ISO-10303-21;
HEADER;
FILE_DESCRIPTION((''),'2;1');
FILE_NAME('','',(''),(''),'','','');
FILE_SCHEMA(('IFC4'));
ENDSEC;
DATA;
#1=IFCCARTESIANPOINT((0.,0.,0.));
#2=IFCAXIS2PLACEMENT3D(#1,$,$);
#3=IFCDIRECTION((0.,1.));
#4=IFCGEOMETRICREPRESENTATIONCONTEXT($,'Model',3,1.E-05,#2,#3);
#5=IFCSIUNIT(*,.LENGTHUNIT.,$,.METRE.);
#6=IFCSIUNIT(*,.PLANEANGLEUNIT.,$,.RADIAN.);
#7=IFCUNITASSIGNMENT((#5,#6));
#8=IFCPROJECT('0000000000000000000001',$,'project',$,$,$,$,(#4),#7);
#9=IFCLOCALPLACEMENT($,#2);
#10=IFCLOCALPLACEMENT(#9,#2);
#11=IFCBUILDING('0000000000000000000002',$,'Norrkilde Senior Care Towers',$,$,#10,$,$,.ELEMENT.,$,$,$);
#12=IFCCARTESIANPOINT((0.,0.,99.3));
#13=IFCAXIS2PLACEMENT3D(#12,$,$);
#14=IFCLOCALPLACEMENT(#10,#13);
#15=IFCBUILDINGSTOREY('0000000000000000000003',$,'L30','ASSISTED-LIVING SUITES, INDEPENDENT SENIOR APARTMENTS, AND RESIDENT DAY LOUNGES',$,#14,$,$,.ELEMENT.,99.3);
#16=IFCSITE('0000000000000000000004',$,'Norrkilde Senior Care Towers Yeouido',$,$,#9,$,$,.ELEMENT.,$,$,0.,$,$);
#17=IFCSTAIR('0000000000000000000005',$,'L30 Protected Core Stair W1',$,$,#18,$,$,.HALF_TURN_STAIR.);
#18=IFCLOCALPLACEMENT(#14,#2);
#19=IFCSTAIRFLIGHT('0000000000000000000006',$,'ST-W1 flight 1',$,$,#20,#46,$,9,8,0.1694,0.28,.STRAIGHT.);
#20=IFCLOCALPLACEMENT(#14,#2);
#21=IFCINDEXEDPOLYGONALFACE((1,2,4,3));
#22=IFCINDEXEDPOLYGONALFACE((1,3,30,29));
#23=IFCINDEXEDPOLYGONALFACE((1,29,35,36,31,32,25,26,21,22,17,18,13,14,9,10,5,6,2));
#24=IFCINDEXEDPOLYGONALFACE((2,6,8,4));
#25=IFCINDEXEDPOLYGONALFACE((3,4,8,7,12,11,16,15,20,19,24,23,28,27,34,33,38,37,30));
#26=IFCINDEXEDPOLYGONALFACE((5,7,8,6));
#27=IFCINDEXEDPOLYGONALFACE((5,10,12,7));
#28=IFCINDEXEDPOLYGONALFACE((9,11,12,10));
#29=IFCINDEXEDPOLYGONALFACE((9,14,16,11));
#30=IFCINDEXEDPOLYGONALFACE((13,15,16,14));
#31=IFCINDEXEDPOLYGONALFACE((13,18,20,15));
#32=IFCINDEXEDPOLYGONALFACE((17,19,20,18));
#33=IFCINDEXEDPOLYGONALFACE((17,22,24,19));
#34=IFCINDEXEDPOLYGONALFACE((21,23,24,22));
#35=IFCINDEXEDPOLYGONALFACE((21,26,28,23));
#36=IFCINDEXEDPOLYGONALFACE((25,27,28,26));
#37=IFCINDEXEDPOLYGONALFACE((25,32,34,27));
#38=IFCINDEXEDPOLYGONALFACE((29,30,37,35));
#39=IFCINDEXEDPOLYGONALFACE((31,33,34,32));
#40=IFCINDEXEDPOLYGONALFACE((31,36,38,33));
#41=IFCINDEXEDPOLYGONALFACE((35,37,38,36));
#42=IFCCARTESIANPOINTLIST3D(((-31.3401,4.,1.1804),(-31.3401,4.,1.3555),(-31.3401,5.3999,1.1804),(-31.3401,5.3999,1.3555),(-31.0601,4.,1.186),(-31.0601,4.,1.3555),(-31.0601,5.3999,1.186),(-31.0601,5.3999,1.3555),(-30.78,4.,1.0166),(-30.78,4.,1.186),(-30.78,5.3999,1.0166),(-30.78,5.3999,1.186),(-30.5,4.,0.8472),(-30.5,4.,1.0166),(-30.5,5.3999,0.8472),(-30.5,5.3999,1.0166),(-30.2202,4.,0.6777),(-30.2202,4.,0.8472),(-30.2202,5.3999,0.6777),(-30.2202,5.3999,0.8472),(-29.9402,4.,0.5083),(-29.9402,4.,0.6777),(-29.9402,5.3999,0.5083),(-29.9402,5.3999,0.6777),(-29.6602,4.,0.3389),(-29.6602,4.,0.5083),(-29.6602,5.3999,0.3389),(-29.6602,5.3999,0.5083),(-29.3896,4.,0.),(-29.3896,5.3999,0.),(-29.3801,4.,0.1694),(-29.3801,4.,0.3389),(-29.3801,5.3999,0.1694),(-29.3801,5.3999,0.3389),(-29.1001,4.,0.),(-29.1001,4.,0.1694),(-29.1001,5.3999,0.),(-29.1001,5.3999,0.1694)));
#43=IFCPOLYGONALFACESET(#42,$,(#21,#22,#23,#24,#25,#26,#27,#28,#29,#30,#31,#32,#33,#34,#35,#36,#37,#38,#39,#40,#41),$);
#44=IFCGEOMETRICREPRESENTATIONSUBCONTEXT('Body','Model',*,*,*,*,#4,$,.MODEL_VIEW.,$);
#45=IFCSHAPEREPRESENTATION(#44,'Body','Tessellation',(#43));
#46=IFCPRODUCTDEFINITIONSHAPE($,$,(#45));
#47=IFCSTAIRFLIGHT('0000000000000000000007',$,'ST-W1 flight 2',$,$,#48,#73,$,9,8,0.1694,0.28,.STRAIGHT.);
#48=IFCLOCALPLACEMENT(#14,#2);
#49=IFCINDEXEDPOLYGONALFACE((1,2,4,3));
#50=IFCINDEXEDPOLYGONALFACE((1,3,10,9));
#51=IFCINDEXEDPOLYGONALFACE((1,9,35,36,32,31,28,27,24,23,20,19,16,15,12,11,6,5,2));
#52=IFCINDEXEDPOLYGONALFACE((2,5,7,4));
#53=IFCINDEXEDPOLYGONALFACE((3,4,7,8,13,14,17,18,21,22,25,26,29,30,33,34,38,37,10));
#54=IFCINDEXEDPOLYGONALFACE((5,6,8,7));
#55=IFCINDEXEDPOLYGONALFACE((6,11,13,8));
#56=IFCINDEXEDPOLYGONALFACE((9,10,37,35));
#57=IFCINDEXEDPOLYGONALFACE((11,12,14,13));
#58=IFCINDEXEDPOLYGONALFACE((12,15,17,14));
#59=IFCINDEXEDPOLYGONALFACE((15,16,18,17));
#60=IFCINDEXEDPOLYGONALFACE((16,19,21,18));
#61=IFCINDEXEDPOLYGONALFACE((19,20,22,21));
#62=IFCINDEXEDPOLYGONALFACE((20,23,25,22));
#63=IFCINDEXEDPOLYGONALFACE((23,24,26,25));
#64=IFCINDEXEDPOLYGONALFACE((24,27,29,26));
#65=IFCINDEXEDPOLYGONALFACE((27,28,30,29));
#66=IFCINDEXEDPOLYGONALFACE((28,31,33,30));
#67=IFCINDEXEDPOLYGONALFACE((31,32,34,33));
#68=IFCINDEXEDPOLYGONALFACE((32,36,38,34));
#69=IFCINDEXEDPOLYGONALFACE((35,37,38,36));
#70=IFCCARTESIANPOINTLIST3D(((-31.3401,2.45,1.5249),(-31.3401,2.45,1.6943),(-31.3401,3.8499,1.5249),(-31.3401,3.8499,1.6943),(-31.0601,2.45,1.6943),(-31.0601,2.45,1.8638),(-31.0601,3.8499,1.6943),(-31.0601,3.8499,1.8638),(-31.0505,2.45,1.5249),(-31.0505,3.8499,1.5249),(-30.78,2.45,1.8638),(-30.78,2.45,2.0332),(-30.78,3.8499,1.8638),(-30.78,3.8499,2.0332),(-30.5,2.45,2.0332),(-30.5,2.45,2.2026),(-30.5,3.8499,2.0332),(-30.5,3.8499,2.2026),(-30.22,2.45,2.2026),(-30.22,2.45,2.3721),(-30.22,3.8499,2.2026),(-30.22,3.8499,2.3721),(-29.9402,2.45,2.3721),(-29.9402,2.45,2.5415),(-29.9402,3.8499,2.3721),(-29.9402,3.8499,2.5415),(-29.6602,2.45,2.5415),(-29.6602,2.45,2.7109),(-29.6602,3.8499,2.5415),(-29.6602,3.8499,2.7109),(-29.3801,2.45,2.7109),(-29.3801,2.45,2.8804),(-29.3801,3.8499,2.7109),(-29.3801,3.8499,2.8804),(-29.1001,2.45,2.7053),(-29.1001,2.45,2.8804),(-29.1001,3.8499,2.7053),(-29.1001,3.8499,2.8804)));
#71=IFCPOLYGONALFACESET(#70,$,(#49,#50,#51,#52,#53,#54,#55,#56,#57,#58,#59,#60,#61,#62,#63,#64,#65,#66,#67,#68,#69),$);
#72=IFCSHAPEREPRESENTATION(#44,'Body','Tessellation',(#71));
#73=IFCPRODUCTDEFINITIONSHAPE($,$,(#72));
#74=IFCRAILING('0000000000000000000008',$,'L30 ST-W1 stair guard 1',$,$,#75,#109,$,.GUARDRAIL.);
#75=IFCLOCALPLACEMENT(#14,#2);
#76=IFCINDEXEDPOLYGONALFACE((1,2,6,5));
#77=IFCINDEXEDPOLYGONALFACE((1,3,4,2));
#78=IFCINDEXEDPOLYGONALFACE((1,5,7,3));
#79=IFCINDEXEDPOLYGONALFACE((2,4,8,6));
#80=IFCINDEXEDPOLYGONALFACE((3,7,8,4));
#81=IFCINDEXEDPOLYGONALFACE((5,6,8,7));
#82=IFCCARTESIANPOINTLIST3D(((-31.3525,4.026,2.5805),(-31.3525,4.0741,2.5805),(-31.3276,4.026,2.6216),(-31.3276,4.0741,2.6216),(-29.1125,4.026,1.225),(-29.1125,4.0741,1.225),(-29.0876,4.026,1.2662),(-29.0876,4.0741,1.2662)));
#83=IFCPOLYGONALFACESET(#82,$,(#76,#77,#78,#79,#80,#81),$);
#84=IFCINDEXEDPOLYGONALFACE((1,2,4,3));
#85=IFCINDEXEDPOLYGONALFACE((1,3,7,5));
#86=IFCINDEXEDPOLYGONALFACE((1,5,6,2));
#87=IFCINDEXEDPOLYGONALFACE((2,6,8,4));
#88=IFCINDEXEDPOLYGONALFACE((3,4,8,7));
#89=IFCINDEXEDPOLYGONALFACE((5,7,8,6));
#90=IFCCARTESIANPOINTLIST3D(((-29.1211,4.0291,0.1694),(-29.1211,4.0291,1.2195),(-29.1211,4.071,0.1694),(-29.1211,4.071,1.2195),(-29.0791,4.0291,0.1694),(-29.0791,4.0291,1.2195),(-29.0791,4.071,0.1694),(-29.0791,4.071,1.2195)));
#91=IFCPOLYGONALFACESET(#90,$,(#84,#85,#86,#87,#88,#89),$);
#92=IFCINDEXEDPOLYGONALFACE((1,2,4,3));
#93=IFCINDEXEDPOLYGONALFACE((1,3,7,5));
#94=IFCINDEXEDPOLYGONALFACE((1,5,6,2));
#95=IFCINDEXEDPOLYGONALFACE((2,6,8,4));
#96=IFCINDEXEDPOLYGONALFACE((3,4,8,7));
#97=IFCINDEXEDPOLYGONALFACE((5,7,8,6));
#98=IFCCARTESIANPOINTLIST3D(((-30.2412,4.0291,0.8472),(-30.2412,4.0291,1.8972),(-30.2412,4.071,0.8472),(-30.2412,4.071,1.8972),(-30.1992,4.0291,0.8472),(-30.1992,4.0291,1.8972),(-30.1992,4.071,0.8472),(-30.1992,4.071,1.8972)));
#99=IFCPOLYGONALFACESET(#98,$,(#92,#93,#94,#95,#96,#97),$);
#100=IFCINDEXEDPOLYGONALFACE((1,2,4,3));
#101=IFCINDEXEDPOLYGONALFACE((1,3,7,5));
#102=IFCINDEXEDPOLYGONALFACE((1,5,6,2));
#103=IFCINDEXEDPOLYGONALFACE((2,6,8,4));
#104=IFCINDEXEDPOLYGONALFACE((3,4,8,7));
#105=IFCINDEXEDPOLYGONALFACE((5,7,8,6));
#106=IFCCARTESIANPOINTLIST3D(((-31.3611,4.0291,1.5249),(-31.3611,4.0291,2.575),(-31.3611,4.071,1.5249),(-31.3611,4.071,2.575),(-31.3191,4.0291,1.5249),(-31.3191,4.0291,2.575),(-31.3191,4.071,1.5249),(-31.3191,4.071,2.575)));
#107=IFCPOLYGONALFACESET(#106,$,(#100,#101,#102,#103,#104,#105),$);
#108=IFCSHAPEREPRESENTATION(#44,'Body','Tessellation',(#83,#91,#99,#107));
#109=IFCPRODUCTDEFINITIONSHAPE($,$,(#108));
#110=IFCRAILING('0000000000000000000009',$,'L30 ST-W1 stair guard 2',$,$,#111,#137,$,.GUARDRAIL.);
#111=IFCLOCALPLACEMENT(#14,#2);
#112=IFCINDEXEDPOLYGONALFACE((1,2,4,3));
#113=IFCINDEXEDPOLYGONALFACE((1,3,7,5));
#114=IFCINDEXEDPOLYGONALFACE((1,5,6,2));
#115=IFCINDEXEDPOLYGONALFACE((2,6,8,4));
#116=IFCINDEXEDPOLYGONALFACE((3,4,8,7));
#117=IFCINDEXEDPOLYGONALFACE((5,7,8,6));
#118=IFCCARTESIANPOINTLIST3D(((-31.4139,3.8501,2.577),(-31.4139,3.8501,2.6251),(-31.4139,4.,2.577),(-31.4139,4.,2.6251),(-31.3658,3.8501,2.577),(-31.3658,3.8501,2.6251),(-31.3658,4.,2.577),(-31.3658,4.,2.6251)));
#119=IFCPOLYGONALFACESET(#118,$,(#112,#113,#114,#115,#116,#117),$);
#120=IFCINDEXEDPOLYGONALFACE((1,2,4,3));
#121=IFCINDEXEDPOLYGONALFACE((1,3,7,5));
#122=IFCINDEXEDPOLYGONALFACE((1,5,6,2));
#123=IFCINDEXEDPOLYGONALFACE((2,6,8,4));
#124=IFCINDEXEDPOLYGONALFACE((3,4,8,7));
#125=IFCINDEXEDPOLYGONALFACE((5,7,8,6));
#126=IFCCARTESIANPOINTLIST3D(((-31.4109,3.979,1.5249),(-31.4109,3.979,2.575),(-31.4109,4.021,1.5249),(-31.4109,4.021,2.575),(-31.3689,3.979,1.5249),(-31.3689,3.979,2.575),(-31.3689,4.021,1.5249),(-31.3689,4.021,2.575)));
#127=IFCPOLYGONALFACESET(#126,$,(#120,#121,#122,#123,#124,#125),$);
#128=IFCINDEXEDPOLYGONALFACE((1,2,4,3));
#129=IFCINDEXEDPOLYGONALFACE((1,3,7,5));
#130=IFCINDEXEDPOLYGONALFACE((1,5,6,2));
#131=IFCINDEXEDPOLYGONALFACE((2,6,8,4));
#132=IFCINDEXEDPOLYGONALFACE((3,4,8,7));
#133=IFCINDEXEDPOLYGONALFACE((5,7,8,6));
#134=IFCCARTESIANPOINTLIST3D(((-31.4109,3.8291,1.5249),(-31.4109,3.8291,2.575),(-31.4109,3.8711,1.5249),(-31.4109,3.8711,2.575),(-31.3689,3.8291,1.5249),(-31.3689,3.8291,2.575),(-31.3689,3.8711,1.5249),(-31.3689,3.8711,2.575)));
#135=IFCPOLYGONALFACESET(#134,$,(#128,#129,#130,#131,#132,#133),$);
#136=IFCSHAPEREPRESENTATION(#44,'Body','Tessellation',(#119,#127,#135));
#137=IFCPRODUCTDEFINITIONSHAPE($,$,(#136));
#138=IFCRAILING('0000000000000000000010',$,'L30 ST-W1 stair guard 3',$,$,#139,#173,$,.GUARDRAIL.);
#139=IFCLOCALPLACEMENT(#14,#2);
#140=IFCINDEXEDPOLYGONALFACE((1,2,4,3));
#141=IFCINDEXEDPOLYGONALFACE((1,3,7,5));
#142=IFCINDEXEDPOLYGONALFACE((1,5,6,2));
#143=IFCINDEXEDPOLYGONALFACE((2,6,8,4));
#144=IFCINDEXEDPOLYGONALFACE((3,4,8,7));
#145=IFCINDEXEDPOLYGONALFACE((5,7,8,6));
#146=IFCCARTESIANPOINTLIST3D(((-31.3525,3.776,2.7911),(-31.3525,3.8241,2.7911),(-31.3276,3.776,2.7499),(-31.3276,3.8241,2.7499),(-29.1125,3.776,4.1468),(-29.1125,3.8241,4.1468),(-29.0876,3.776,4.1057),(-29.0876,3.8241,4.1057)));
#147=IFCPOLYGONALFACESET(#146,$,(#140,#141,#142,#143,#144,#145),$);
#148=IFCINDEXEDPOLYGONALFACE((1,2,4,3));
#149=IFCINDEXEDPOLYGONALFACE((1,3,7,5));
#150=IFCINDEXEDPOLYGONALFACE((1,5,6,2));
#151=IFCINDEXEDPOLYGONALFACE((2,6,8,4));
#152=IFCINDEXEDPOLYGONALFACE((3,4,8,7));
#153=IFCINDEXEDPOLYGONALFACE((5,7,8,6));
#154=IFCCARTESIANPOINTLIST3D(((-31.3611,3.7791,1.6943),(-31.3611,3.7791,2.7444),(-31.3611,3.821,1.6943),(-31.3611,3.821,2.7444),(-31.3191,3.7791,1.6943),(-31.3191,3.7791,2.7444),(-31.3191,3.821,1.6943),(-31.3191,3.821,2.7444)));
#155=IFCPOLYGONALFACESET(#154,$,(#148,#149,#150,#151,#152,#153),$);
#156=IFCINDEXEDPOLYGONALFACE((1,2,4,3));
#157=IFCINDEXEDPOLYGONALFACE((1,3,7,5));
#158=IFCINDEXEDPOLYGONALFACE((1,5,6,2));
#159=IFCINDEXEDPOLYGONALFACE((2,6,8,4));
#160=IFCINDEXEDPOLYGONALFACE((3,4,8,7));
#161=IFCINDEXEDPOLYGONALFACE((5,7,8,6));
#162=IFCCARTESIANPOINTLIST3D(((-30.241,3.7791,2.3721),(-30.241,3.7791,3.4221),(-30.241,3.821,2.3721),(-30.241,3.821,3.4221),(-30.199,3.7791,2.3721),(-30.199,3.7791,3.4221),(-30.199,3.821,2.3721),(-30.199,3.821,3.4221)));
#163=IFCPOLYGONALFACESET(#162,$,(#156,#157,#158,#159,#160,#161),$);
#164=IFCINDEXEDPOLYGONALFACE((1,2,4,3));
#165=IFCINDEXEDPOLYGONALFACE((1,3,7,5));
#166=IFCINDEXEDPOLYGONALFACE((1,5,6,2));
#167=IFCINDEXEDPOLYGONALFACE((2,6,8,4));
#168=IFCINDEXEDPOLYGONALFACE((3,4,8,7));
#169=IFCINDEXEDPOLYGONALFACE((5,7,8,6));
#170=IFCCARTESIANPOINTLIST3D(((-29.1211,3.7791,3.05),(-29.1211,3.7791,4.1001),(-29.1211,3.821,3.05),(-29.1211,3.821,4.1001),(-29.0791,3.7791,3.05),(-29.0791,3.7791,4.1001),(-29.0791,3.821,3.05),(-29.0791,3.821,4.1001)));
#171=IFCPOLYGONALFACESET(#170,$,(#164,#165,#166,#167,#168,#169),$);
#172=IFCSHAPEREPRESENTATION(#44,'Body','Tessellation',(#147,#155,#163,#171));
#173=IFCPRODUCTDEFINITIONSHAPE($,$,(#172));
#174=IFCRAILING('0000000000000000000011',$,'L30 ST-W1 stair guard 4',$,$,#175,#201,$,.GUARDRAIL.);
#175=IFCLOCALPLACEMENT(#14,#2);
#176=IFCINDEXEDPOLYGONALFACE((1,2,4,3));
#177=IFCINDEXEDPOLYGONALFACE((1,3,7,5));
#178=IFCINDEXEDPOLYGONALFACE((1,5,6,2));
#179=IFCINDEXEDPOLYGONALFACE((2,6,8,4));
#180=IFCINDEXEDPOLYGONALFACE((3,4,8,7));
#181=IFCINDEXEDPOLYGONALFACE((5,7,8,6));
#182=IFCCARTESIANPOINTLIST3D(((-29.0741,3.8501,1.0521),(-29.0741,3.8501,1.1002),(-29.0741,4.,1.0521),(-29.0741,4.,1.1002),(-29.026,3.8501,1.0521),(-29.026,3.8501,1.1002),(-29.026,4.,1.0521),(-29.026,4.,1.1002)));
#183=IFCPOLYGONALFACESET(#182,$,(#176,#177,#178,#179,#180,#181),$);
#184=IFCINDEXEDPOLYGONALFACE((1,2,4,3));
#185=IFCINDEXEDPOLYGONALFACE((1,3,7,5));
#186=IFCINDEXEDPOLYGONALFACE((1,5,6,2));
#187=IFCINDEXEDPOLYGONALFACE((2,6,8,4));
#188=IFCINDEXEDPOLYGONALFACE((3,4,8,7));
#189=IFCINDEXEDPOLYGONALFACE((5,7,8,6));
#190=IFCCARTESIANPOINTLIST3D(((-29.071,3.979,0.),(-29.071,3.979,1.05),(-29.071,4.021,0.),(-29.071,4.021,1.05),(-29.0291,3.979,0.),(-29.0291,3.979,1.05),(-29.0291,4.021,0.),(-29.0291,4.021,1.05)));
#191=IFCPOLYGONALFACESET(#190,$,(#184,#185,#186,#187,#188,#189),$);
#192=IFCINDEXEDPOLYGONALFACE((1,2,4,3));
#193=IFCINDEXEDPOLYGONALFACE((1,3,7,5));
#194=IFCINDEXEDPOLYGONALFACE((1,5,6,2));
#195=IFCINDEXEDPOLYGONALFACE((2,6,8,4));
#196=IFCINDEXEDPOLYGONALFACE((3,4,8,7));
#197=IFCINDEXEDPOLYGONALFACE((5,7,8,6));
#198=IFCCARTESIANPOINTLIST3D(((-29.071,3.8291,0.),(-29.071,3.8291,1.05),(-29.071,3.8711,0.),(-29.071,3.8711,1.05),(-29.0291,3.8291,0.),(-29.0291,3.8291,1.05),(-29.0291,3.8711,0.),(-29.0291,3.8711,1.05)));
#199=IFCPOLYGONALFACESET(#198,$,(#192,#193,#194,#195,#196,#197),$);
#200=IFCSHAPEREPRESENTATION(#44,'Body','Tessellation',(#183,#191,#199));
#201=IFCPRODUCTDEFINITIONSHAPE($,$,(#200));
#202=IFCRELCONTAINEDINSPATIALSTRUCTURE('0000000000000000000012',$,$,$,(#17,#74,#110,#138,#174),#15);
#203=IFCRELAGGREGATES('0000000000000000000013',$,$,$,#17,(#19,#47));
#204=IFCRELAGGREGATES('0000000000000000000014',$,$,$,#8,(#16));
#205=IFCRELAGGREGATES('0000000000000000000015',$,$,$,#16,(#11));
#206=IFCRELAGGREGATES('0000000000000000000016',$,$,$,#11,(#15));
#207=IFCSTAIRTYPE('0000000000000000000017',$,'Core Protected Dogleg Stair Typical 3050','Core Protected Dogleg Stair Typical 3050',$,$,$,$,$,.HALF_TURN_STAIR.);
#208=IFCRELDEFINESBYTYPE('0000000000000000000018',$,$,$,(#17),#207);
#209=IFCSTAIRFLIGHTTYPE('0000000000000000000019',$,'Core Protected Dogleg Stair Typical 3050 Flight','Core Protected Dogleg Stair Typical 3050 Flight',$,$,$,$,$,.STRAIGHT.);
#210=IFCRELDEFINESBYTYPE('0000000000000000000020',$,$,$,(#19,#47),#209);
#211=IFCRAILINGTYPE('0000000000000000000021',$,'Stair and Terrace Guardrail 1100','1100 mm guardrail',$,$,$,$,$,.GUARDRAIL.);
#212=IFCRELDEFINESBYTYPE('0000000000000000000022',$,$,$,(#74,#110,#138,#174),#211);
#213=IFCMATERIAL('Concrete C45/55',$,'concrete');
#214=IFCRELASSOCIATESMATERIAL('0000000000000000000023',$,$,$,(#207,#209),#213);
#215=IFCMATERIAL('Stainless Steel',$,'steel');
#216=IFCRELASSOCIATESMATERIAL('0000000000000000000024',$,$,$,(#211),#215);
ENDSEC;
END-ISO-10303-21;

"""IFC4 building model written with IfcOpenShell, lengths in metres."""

from ifc_helpers import new_model, si_unit, direction, frame, origin, origin_2d, place, context, subcontext, project, spatial, polyline, rectangle, outline, extrude, material, type_object, element, aggregate, save


model = new_model("IFC4")

# Units and contexts
model_context = context("Model", 3, precision=1e-05, world=origin(), true_north=direction((0.0, 1.0)))
body_context = subcontext(model_context, "Body", "Model", "MODEL_VIEW")
ifc_project = project(units=[si_unit("LENGTHUNIT", "METRE"), si_unit("PLANEANGLEUNIT", "RADIAN")], contexts=[model_context])

# Site, building, storey
site_placement = place(None, origin())
site = spatial("IfcSite", under=ifc_project, at=site_placement, Name="Norrkilde Senior Care Towers Yeouido", CompositionType="ELEMENT", RefElevation=0.0)
building_placement = place(site_placement, origin())
building = spatial("IfcBuilding", under=site, at=building_placement, Name="Norrkilde Senior Care Towers", CompositionType="ELEMENT")
storey_placement = place(building_placement, frame((0.0, 0.0, 99.3)))
storey = spatial("IfcBuildingStorey", under=building, at=storey_placement, Name="L30", Description="ASSISTED-LIVING SUITES, INDEPENDENT SENIOR APARTMENTS, AND RESIDENT DAY LOUNGES", CompositionType="ELEMENT", Elevation=99.3)

# Shared definitions
ifc_material_1 = material(Name="Concrete C45/55", Category="concrete")

# Stair, stair flights
stair_type = type_object("IfcStairType", Name="Core Protected Dogleg Stair Typical 3050", Description="Core Protected Dogleg Stair Typical 3050", PredefinedType="HALF_TURN_STAIR", material=ifc_material_1)
stair_placement = place(storey_placement, origin())
stair = element("IfcStair", 1, at=stair_placement, inside=storey, type_object=stair_type, Name="L30 Protected Core Stair W1", PredefinedType="HALF_TURN_STAIR")
stair_flight_type = type_object("IfcStairFlightType", Name="Core Protected Dogleg Stair Typical 3050 Flight", Description="Core Protected Dogleg Stair Typical 3050 Flight", PredefinedType="STRAIGHT", material=ifc_material_1)
stair_flight_1_placement = place(storey_placement, frame((-29.1001, 4.7, 0.0), z_axis=(0.0, 0.0, 1.0), x_axis=(-1.0, 0.0, 0.0)))
stair_flight_1 = element("IfcStairFlight", 2, at=stair_flight_1_placement, type_object=stair_flight_type, Name="ST-W1 flight 1", NumberOfRisers=9, NumberOfTreads=8, PredefinedType="STRAIGHT", RiserHeight=0.1694, TreadLength=0.28, context=body_context, shape_type="SweptSolid", body=[
    extrude(outline(polyline([(0.0, 0.0), (0.0, 0.1694), (0.28, 0.1694), (0.28, 0.3389), (0.5601, 0.3389), (0.5601, 0.5083), (0.8401, 0.5083), (0.8401, 0.6777), (1.1201, 0.6777), (1.1201, 0.8472), (1.3999, 0.8472), (1.3999, 1.0166), (1.6799, 1.0166), (1.6799, 1.186), (1.96, 1.186), (1.96, 1.3555), (2.24, 1.3555), (2.24, 1.5249), (2.24, 1.1804), (0.2896, 0.0), (0.0, 0.0)])), frame((0.0, 0.7, 0.0), z_axis=(0.0, -1.0, 0.0), x_axis=(1.0, 0.0, 0.0)), (0.0, 0.0, 1.0), 1.3999),
])
stair_flight_2_placement = place(storey_placement, frame((-31.3401, 3.1499, 1.5249), z_axis=(0.0, 0.0, 1.0), x_axis=(1.0, 0.0, 0.0)))
stair_flight_2 = element("IfcStairFlight", 3, at=stair_flight_2_placement, type_object=stair_flight_type, Name="ST-W1 flight 2", NumberOfRisers=9, NumberOfTreads=8, PredefinedType="STRAIGHT", RiserHeight=0.1694, TreadLength=0.28, context=body_context, shape_type="SweptSolid", body=[
    extrude(outline(polyline([(0.0, 0.0), (0.0, 0.1694), (0.28, 0.1694), (0.28, 0.3389), (0.5601, 0.3389), (0.5601, 0.5083), (0.8401, 0.5083), (0.8401, 0.6777), (1.1201, 0.6777), (1.1201, 0.8472), (1.3999, 0.8472), (1.3999, 1.0166), (1.6799, 1.0166), (1.6799, 1.186), (1.96, 1.186), (1.96, 1.3555), (2.24, 1.3555), (2.24, 1.5249), (2.24, 1.1804), (0.2896, 0.0), (0.0, 0.0)])), frame((0.0, 0.7, 0.0), z_axis=(0.0, -1.0, 0.0), x_axis=(1.0, 0.0, 0.0)), (0.0, 0.0, 1.0), 1.3999),
])
aggregate(stair, [stair_flight_1, stair_flight_2])

# Railings
ifc_material_2 = material(Name="Stainless Steel", Category="steel")
railing_type_1 = type_object("IfcRailingType", Name="Stair and Terrace Guardrail 1100", Description="1100 mm guardrail", PredefinedType="GUARDRAIL", material=ifc_material_2)
railing_1_placement = place(storey_placement, frame((-29.1001, 4.05, 0.1694)))
element("IfcRailing", 4, at=railing_1_placement, inside=storey, type_object=railing_type_1, Name="L30 ST-W1 stair guard 1", PredefinedType="GUARDRAIL", context=body_context, shape_type="SweptSolid", body=[
    extrude(rectangle(XDim=0.0481, YDim=0.0481, at=origin_2d()), frame((0.0, 0.0, 1.0762), z_axis=(-0.855553, 0.0, 0.517715), x_axis=(0.0, -1.0, 0.0)), (0.0, 0.0, 1.0), 2.6182),
    extrude(rectangle(XDim=0.042, YDim=0.042, at=origin_2d()), origin(), (0.0, 0.0, 1.0), 1.05),
    extrude(rectangle(XDim=0.042, YDim=0.042, at=origin_2d()), frame((-1.1201, 0.0, 0.6777)), (0.0, 0.0, 1.0), 1.05),
    extrude(rectangle(XDim=0.042, YDim=0.042, at=origin_2d()), frame((-2.24, 0.0, 1.3555)), (0.0, 0.0, 1.0), 1.05),
])
railing_2_placement = place(storey_placement, frame((-31.3899, 4.0, 1.5249)))
element("IfcRailing", 5, at=railing_2_placement, inside=storey, type_object=railing_type_1, Name="L30 ST-W1 stair guard 2", PredefinedType="GUARDRAIL", context=body_context, shape_type="SweptSolid", body=[
    extrude(rectangle(XDim=0.0481, YDim=0.0481, at=origin_2d()), frame((0.0, 0.0, 1.0762), z_axis=(0.0, -1.0, 0.0), x_axis=(1.0, 0.0, 0.0)), (0.0, 0.0, 1.0), 0.1499),
    extrude(rectangle(XDim=0.042, YDim=0.042, at=origin_2d()), origin(), (0.0, 0.0, 1.0), 1.05),
    extrude(rectangle(XDim=0.042, YDim=0.042, at=origin_2d()), frame((0.0, -0.1499, 0.0)), (0.0, 0.0, 1.0), 1.05),
])
railing_3_placement = place(storey_placement, frame((-31.3401, 3.8, 1.6943)))
element("IfcRailing", 6, at=railing_3_placement, inside=storey, type_object=railing_type_1, Name="L30 ST-W1 stair guard 3", PredefinedType="GUARDRAIL", context=body_context, shape_type="SweptSolid", body=[
    extrude(rectangle(XDim=0.0481, YDim=0.0481, at=origin_2d()), frame((0.0, 0.0, 1.0762), z_axis=(0.855512, 0.0, 0.517783), x_axis=(0.0, 1.0, 0.0)), (0.0, 0.0, 1.0), 2.6184),
    extrude(rectangle(XDim=0.042, YDim=0.042, at=origin_2d()), origin(), (0.0, 0.0, 1.0), 1.05),
    extrude(rectangle(XDim=0.042, YDim=0.042, at=origin_2d()), frame((1.1201, 0.0, 0.6777)), (0.0, 0.0, 1.0), 1.05),
    extrude(rectangle(XDim=0.042, YDim=0.042, at=origin_2d()), frame((2.24, 0.0, 1.3557)), (0.0, 0.0, 1.0), 1.05),
])
railing_4_placement = place(storey_placement, frame((-29.05, 4.0, 0.0)))
element("IfcRailing", 7, at=railing_4_placement, inside=storey, type_object=railing_type_1, Name="L30 ST-W1 stair guard 4", PredefinedType="GUARDRAIL", context=body_context, shape_type="SweptSolid", body=[
    extrude(rectangle(XDim=0.0481, YDim=0.0481, at=origin_2d()), frame((0.0, 0.0, 1.0762), z_axis=(0.0, -1.0, 0.0), x_axis=(1.0, 0.0, 0.0)), (0.0, 0.0, 1.0), 0.1499),
    extrude(rectangle(XDim=0.042, YDim=0.042, at=origin_2d()), origin(), (0.0, 0.0, 1.0), 1.05),
    extrude(rectangle(XDim=0.042, YDim=0.042, at=origin_2d()), frame((0.0, -0.1499, 0.0)), (0.0, 0.0, 1.0), 1.05),
])

save(model, "model.ifc")
